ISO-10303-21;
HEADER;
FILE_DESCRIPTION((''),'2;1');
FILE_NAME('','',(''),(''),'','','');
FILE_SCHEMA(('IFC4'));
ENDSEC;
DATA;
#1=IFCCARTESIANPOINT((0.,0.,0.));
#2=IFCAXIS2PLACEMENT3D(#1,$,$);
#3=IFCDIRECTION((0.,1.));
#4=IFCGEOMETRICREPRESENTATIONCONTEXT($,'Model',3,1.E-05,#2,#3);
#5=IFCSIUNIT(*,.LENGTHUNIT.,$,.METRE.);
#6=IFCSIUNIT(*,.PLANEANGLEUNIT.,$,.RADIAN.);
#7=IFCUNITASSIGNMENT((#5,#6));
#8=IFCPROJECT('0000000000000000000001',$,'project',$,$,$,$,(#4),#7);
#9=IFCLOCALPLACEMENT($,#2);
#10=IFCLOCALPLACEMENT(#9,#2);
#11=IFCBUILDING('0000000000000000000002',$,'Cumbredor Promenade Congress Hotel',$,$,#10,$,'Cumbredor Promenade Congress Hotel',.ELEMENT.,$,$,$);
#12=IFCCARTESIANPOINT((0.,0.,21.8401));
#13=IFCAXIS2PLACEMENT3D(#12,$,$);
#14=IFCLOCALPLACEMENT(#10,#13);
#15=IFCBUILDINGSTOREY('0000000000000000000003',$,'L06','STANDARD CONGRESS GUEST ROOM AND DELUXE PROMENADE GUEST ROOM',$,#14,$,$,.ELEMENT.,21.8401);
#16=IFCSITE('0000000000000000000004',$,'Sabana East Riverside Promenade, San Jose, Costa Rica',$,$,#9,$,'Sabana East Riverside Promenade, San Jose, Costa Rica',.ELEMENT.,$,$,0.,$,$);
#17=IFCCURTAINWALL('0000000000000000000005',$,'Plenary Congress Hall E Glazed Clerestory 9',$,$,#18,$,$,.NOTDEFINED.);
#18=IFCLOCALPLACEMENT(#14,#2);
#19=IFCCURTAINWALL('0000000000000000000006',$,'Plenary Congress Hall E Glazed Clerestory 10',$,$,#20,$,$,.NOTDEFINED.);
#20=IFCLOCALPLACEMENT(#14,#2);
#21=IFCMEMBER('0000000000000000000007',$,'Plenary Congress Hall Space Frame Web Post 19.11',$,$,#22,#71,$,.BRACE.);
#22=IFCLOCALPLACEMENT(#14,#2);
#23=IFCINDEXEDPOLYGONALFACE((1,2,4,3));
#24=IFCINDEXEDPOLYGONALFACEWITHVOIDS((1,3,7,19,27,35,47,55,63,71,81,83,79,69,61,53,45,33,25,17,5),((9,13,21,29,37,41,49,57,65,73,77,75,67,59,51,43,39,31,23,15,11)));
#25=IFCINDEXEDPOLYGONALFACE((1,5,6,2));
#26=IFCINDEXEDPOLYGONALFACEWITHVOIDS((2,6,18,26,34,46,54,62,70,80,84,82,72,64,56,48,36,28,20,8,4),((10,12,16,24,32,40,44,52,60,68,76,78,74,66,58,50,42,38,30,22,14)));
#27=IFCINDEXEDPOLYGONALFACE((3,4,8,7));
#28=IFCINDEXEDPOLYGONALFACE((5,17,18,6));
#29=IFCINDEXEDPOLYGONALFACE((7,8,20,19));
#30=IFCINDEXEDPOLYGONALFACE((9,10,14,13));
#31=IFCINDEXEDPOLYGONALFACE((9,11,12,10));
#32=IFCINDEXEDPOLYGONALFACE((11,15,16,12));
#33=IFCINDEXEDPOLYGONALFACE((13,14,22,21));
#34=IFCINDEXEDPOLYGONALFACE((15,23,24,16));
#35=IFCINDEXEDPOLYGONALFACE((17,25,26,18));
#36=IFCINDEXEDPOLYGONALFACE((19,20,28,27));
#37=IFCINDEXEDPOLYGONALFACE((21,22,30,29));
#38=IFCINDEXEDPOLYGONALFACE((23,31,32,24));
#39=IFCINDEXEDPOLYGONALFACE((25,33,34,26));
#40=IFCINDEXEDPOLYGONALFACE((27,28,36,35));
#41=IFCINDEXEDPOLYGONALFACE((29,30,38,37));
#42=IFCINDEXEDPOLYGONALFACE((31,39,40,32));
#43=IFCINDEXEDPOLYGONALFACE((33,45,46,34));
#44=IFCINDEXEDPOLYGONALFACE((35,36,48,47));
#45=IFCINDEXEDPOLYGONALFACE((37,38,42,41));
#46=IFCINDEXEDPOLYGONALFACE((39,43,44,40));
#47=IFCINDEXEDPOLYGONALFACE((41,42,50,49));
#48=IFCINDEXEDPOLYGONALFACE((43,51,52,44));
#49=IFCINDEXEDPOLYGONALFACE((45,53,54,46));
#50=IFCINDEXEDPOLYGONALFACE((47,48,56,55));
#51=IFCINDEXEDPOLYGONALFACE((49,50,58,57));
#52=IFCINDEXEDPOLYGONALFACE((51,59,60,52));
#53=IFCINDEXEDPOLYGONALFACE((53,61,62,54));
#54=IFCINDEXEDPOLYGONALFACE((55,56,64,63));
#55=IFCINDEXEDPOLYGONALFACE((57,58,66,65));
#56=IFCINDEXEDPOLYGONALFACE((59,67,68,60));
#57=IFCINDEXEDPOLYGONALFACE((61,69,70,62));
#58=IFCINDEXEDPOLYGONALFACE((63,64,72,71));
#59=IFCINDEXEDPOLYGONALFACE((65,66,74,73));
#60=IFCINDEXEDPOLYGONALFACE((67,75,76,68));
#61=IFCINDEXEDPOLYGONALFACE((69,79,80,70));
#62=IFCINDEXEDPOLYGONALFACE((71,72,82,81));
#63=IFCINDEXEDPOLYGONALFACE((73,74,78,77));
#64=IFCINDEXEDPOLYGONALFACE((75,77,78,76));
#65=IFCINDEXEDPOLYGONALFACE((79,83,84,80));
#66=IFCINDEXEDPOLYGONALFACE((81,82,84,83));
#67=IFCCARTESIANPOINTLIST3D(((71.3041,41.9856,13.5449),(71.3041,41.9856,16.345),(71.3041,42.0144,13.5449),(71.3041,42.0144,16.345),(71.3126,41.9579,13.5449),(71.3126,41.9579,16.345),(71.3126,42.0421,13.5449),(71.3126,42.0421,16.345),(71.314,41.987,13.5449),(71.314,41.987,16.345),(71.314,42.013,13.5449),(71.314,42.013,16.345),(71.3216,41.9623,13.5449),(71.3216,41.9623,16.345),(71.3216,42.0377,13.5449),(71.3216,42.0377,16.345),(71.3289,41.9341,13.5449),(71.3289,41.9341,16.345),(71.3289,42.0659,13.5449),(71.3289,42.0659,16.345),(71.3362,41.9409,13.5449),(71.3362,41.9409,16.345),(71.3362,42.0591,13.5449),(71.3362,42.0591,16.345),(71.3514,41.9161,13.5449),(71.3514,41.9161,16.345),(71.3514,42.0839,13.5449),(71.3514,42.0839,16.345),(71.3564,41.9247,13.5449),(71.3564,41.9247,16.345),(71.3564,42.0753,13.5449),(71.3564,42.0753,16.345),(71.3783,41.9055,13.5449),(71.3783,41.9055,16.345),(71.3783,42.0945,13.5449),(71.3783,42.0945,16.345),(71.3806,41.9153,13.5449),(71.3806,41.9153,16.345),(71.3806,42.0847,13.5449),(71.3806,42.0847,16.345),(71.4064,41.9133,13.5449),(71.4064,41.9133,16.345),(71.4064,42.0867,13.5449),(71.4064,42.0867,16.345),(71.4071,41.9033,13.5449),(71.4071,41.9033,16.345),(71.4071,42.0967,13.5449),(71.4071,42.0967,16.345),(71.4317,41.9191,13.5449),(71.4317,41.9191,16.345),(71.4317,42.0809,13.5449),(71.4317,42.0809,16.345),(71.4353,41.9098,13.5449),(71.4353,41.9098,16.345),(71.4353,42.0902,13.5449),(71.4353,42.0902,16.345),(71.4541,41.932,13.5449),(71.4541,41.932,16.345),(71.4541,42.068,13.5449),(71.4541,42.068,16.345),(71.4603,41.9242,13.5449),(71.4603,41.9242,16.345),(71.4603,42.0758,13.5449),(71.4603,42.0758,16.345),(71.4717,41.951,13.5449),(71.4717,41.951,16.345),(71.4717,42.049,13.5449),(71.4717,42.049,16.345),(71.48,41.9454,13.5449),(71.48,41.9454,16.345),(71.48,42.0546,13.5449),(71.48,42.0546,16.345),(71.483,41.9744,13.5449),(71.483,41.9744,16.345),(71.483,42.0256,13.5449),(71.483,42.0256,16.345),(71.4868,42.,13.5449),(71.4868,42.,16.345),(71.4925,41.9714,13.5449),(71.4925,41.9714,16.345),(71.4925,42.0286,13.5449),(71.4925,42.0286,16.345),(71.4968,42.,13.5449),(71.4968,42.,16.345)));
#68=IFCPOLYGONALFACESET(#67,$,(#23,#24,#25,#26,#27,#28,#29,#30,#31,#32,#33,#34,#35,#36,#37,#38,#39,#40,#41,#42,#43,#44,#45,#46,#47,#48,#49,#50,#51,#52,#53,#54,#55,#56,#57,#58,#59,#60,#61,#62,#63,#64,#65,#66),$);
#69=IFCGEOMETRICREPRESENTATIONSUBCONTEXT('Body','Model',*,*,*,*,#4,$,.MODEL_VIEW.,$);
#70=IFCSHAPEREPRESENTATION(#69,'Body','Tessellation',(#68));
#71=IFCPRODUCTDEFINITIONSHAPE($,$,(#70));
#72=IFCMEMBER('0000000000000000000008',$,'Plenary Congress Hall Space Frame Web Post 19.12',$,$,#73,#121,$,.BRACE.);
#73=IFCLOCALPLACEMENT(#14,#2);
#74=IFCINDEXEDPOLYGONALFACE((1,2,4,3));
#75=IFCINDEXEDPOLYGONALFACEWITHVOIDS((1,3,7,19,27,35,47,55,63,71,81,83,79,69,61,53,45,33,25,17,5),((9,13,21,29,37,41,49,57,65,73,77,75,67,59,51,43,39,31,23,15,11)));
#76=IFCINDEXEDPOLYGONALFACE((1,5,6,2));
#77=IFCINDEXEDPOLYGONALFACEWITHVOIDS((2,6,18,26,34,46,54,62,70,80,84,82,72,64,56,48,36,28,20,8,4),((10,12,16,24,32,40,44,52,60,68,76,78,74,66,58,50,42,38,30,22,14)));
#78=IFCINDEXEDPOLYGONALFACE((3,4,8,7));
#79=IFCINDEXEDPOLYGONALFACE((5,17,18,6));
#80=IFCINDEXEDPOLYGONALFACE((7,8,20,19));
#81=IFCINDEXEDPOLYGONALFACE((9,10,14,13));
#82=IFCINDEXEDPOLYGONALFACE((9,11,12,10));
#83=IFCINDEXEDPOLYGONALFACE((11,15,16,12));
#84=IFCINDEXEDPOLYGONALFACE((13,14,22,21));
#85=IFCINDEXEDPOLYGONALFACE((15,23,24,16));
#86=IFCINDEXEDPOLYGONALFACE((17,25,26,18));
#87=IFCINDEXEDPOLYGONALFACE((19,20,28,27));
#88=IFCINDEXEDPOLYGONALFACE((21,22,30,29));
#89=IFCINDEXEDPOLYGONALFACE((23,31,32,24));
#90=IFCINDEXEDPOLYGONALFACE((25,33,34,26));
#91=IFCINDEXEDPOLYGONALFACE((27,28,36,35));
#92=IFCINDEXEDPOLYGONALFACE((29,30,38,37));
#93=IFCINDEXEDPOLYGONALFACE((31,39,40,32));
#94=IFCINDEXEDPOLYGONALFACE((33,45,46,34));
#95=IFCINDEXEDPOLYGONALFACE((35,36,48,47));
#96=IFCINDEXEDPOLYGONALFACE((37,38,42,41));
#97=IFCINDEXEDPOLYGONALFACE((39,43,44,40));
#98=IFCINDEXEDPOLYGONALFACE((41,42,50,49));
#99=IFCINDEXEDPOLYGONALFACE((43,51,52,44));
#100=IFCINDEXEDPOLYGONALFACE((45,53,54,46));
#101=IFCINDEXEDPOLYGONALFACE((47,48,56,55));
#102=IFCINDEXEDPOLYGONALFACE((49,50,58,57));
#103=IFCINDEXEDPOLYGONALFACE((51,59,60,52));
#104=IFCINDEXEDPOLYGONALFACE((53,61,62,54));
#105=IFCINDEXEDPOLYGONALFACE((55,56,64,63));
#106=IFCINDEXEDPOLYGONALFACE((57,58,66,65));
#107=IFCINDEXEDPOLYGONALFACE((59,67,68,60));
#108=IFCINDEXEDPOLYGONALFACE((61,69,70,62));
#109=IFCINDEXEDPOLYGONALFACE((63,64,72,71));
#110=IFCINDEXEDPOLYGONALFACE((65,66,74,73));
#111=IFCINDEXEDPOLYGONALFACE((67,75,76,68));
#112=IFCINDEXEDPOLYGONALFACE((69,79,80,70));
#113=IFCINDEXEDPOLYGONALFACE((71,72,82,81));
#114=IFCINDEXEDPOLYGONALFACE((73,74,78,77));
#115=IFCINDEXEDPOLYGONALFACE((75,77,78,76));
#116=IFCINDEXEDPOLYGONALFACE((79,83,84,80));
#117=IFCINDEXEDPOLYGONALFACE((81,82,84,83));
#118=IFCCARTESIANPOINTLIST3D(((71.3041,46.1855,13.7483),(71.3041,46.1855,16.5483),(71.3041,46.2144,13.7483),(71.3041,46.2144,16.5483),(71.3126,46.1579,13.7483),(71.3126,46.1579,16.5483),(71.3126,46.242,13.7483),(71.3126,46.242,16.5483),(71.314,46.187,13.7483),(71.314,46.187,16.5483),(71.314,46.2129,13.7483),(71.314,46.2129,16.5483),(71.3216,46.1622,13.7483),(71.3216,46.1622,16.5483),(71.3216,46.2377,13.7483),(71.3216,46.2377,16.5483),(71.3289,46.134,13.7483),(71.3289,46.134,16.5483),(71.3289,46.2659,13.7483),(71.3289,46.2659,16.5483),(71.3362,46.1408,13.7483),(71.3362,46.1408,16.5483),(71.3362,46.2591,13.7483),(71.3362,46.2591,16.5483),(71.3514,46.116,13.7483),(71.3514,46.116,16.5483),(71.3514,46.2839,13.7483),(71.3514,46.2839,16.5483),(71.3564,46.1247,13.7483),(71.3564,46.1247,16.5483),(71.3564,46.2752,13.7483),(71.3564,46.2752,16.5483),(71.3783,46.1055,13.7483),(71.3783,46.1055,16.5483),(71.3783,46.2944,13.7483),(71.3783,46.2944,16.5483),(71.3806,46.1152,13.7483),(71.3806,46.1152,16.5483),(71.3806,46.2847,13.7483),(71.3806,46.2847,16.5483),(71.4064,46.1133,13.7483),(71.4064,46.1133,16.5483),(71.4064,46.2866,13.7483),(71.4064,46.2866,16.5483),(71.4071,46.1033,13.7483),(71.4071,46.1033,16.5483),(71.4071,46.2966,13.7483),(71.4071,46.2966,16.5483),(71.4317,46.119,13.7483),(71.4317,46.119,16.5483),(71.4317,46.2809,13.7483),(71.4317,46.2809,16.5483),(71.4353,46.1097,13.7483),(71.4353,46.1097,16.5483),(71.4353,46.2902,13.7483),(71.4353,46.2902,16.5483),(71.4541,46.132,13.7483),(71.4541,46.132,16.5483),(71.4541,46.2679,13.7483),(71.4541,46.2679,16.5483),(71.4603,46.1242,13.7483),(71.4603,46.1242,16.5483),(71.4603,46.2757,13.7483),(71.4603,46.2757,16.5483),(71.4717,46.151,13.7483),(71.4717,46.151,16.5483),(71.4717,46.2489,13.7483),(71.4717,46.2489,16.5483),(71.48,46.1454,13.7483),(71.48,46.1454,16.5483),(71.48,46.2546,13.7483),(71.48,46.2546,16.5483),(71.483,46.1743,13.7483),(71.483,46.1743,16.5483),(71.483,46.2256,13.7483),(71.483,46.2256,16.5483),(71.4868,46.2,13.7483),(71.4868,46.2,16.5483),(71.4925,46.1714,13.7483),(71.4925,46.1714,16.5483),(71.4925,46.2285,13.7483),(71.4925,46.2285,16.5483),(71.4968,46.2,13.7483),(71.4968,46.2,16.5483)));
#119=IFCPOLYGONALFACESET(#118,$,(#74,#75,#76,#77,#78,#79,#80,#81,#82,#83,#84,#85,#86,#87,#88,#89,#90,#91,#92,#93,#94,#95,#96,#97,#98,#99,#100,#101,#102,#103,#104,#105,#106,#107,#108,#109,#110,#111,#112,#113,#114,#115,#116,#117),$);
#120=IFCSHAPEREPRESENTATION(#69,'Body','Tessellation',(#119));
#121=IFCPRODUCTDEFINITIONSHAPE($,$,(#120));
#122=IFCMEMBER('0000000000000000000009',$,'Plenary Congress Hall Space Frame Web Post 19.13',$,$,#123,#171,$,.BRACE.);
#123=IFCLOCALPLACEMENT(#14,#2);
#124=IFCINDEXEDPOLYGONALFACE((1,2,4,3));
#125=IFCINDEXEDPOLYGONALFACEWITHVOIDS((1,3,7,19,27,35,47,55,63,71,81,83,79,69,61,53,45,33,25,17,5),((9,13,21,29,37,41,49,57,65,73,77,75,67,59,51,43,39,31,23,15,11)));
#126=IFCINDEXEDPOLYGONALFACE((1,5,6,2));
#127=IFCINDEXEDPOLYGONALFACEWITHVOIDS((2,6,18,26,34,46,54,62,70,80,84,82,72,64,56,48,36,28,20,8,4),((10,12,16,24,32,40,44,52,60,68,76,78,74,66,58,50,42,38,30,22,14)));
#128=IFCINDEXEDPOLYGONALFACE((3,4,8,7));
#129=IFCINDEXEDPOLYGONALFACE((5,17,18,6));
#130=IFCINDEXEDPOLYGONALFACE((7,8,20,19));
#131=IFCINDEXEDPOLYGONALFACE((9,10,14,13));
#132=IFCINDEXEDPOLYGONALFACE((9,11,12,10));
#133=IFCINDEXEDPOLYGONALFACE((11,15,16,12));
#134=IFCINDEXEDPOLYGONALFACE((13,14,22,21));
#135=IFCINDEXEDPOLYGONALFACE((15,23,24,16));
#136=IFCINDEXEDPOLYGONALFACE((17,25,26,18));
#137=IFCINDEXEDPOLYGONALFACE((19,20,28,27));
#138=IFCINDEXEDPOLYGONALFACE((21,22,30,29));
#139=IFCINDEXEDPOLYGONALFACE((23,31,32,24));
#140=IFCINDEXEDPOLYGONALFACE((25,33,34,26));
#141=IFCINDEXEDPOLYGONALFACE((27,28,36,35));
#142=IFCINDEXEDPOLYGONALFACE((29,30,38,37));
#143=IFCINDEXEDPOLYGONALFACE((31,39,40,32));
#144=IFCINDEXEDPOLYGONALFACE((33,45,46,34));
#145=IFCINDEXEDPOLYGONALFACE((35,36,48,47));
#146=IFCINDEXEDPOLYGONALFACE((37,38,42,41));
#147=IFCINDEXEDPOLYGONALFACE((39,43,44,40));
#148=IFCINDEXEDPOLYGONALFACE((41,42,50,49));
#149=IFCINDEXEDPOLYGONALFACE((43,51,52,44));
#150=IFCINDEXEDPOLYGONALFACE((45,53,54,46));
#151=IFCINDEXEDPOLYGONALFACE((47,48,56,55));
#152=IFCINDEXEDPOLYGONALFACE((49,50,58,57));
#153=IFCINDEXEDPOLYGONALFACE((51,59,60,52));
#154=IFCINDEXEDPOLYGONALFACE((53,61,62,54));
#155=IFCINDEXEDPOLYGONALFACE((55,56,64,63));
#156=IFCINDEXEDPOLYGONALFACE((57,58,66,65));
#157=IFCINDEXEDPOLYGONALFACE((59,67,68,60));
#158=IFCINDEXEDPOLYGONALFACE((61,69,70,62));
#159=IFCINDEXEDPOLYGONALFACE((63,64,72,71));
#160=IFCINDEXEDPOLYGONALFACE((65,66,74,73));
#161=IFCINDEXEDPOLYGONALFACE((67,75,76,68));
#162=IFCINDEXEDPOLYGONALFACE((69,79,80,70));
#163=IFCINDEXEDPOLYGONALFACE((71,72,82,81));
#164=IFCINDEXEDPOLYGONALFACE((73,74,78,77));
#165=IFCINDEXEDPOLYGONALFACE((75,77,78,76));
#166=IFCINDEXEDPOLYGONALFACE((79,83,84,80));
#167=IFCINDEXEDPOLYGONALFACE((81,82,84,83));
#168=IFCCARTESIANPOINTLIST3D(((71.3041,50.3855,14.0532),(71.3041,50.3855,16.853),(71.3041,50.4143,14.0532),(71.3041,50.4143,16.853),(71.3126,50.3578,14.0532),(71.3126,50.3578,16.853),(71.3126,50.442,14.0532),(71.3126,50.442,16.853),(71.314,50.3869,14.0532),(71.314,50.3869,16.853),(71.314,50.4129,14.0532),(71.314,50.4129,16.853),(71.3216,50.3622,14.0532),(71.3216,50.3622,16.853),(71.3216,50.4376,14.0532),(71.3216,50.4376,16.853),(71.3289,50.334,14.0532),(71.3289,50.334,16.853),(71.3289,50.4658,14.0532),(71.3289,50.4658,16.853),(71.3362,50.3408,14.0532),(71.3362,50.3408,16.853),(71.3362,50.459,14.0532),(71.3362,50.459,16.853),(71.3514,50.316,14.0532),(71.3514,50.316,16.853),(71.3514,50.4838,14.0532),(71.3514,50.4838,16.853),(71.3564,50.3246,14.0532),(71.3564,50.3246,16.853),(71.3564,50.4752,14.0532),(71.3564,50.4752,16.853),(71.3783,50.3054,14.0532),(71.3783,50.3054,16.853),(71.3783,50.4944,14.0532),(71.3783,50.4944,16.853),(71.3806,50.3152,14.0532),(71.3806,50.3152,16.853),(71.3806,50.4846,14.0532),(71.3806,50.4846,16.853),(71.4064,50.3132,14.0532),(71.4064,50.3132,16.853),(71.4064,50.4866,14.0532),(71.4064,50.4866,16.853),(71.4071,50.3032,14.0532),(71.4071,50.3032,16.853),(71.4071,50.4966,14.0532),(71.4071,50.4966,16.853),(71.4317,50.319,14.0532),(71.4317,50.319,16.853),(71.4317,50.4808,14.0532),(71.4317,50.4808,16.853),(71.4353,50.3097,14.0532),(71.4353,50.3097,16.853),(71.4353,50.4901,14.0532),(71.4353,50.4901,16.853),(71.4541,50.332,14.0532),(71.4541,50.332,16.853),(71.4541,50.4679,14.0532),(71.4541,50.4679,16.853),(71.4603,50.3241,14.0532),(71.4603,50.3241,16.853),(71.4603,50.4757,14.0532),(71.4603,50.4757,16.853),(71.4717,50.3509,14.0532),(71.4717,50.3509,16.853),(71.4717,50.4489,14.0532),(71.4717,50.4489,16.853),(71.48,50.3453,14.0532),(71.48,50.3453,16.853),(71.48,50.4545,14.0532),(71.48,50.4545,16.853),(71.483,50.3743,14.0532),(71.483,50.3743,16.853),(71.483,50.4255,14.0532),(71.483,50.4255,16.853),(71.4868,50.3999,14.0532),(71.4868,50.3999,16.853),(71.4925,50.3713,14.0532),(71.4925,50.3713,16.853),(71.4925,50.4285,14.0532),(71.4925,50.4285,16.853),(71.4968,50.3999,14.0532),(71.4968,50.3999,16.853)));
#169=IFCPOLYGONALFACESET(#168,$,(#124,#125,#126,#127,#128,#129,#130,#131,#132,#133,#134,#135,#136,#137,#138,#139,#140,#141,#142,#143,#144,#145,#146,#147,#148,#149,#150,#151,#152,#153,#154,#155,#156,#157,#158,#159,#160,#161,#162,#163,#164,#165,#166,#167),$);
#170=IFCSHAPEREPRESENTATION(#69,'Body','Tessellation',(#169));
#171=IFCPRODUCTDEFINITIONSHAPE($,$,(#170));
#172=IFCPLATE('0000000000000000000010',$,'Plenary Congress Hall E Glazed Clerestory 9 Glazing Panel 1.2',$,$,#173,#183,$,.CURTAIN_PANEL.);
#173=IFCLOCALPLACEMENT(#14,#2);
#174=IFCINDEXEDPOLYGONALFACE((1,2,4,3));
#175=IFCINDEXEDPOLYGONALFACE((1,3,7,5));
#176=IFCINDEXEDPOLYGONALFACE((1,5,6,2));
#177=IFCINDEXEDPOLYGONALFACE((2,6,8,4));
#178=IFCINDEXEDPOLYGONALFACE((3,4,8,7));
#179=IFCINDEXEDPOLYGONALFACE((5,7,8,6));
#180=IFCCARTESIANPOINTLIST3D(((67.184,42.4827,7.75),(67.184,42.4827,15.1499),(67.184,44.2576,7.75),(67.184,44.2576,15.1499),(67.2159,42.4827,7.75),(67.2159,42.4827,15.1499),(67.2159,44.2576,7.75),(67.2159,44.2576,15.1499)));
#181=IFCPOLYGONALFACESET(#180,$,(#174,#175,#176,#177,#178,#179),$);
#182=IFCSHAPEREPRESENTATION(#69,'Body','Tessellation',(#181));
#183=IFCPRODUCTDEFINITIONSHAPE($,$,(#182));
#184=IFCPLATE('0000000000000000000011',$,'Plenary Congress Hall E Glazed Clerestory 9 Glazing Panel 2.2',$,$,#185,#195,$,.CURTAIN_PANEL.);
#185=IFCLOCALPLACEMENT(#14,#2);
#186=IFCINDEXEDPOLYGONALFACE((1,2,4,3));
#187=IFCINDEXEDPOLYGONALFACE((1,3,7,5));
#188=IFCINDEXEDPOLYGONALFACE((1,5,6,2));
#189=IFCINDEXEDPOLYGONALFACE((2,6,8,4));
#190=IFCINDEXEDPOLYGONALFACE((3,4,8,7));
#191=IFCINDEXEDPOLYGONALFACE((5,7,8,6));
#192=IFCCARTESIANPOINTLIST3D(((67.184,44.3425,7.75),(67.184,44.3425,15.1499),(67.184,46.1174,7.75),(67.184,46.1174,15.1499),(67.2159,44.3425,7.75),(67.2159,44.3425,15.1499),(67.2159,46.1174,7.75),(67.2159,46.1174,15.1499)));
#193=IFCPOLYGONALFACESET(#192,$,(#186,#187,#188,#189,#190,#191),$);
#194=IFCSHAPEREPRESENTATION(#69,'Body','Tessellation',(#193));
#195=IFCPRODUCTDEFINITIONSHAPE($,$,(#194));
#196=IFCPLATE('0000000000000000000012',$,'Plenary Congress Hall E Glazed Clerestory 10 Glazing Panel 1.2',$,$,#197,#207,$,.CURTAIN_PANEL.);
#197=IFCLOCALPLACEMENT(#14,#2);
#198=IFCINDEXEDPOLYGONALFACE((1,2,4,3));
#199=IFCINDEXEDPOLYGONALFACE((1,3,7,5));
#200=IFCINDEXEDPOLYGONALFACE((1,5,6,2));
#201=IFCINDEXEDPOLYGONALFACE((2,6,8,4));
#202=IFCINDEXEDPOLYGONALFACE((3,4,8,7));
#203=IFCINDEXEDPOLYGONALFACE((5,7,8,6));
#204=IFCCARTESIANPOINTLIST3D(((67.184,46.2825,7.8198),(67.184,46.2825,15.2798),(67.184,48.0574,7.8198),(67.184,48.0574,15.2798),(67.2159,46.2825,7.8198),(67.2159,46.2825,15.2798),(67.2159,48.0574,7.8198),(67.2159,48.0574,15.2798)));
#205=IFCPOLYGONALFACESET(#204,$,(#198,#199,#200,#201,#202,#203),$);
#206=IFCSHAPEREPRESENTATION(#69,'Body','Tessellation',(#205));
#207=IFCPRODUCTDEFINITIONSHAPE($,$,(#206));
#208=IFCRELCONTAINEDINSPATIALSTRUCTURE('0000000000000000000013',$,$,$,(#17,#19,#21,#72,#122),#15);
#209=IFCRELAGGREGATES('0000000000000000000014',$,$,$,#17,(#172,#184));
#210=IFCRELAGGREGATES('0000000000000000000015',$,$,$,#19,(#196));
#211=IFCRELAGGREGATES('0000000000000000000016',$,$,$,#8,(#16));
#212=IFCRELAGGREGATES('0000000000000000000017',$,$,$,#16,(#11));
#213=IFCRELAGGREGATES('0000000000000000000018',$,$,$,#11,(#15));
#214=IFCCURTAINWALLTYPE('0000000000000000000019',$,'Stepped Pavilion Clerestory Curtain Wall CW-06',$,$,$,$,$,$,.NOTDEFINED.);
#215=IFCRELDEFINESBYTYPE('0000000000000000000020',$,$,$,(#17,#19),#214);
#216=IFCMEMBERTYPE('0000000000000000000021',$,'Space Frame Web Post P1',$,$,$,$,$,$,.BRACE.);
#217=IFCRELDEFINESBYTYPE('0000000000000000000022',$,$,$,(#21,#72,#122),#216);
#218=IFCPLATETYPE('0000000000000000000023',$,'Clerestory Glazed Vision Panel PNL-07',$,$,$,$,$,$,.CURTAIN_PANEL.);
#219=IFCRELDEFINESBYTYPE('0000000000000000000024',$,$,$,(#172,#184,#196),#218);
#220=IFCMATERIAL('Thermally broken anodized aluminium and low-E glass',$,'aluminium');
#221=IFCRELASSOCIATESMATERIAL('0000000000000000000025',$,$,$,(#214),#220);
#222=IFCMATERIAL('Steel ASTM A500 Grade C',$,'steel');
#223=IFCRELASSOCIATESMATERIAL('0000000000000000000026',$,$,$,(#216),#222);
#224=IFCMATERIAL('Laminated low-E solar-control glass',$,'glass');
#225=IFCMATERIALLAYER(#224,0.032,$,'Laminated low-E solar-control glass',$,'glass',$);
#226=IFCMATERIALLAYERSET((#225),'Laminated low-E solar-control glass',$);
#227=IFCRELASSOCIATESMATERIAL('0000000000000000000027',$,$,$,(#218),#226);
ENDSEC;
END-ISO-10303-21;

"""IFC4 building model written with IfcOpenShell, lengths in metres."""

from ifc_helpers import new_model, si_unit, direction, frame, origin, origin_2d, place, context, subcontext, project, spatial, rectangle, hollow_circle, extrude, material, layer, layer_set, material_profile, profile_set, type_object, element, aggregate, save


model = new_model("IFC4")

# Units and contexts
model_context = context("Model", 3, precision=1e-05, world=origin(), true_north=direction((0.0, 1.0)))
body_context = subcontext(model_context, "Body", "Model", "MODEL_VIEW")
ifc_project = project(units=[si_unit("LENGTHUNIT", "METRE"), si_unit("PLANEANGLEUNIT", "RADIAN")], contexts=[model_context])

# Site, building, storey
site_placement = place(None, origin())
site = spatial("IfcSite", under=ifc_project, at=site_placement, Name="Sabana East Riverside Promenade, San Jose, Costa Rica", LongName="Sabana East Riverside Promenade, San Jose, Costa Rica", CompositionType="ELEMENT", RefElevation=0.0)
building_placement = place(site_placement, origin())
building = spatial("IfcBuilding", under=site, at=building_placement, Name="Cumbredor Promenade Congress Hotel", LongName="Cumbredor Promenade Congress Hotel", CompositionType="ELEMENT")
storey_placement = place(building_placement, frame((0.0, 0.0, 21.8401)))
storey = spatial("IfcBuildingStorey", under=building, at=storey_placement, Name="L06", Description="STANDARD CONGRESS GUEST ROOM AND DELUXE PROMENADE GUEST ROOM", CompositionType="ELEMENT", Elevation=21.8401)

# Shared definitions
ifc_material_1 = material(Name="Thermally broken anodized aluminium and low-E glass", Category="aluminium")
curtain_wall_type = type_object("IfcCurtainWallType", Name="Stepped Pavilion Clerestory Curtain Wall CW-06", PredefinedType="NOTDEFINED", material=ifc_material_1)

# Curtain walls
curtain_wall_1_placement = place(storey_placement, origin())
curtain_wall_1 = element("IfcCurtainWall", 1, at=curtain_wall_1_placement, inside=storey, type_object=curtain_wall_type, Name="Plenary Congress Hall E Glazed Clerestory 9", PredefinedType="NOTDEFINED")
curtain_wall_2_placement = place(storey_placement, origin())
curtain_wall_2 = element("IfcCurtainWall", 2, at=curtain_wall_2_placement, inside=storey, type_object=curtain_wall_type, Name="Plenary Congress Hall E Glazed Clerestory 10", PredefinedType="NOTDEFINED")

# Members
ifc_material_2 = material(Name="Steel ASTM A500 Grade C", Category="steel")
ifc_material_profile_1 = material_profile(ifc_material_2, hollow_circle(Radius=0.0969, WallThickness=0.01, at=origin_2d()), Name="CHS 193.7x10")
ifc_profile_set_1 = profile_set([ifc_material_profile_1], Name="Steel ASTM A500 Grade C")
member_type_1 = type_object("IfcMemberType", Name="Space Frame Web Post P1", PredefinedType="BRACE", material=ifc_profile_set_1)
for number, where, z_axis, x_axis, name in (
    (3, (71.3999, 42.0, 13.5449), (0.0, 0.0, 1.0), (1.0, 0.0, 0.0), "Plenary Congress Hall Space Frame Web Post 19.11"),
    (4, (71.3999, 46.2, 13.7483), (0.0, 0.0, 1.0), (1.0, 0.0, 0.0), "Plenary Congress Hall Space Frame Web Post 19.12"),
):
    element("IfcMember", number, at=place(storey_placement, frame(where, z_axis=z_axis, x_axis=x_axis)), inside=storey, type_object=member_type_1, Name=name, PredefinedType="BRACE", context=body_context, shape_type="SweptSolid", body=[
        extrude(hollow_circle(Radius=0.0969, WallThickness=0.01, at=origin_2d()), origin(), (0.0, 0.0, 1.0), 2.8),
    ])
member_1_placement = place(storey_placement, frame((71.3999, 50.3999, 14.0532), z_axis=(0.0, 0.0, 1.0), x_axis=(1.0, 0.0, 0.0)))
element("IfcMember", 5, at=member_1_placement, inside=storey, type_object=member_type_1, Name="Plenary Congress Hall Space Frame Web Post 19.13", PredefinedType="BRACE", context=body_context, shape_type="SweptSolid", body=[
    extrude(hollow_circle(Radius=0.0969, WallThickness=0.01, at=origin_2d()), origin(), (0.0, 0.0, 1.0), 2.7998),
])

# Plates
ifc_material_3 = material(Name="Laminated low-E solar-control glass", Category="glass")
ifc_layer_1 = layer(ifc_material_3, 0.032, Name="Laminated low-E solar-control glass", Category="glass")
ifc_layer_set_1 = layer_set([ifc_layer_1], Name="Laminated low-E solar-control glass")
plate_type_1 = type_object("IfcPlateType", Name="Clerestory Glazed Vision Panel PNL-07", PredefinedType="CURTAIN_PANEL", material=ifc_layer_set_1)
plate_1_placement = place(storey_placement, frame((67.2, 43.3701, 7.75), z_axis=(0.0, 0.0, 1.0), x_axis=(0.0, 1.0, 0.0)))
plate_1 = element("IfcPlate", 6, at=plate_1_placement, type_object=plate_type_1, Name="Plenary Congress Hall E Glazed Clerestory 9 Glazing Panel 1.2", PredefinedType="CURTAIN_PANEL", context=body_context, shape_type="SweptSolid", body=[
    extrude(rectangle(XDim=1.7749, YDim=0.032, at=origin_2d()), origin(), (0.0, 0.0, 1.0), 7.3999),
])
plate_2_placement = place(storey_placement, frame((67.2, 45.23, 7.75), z_axis=(0.0, 0.0, 1.0), x_axis=(0.0, 1.0, 0.0)))
plate_2 = element("IfcPlate", 7, at=plate_2_placement, type_object=plate_type_1, Name="Plenary Congress Hall E Glazed Clerestory 9 Glazing Panel 2.2", PredefinedType="CURTAIN_PANEL", context=body_context, shape_type="SweptSolid", body=[
    extrude(rectangle(XDim=1.7749, YDim=0.032, at=origin_2d()), origin(), (0.0, 0.0, 1.0), 7.3999),
])
aggregate(curtain_wall_1, [plate_1, plate_2])
plate_3_placement = place(storey_placement, frame((67.2, 47.1699, 7.8198), z_axis=(0.0, 0.0, 1.0), x_axis=(0.0, 1.0, 0.0)))
plate_3 = element("IfcPlate", 8, at=plate_3_placement, type_object=plate_type_1, Name="Plenary Congress Hall E Glazed Clerestory 10 Glazing Panel 1.2", PredefinedType="CURTAIN_PANEL", context=body_context, shape_type="SweptSolid", body=[
    extrude(rectangle(XDim=1.7749, YDim=0.032, at=origin_2d()), origin(), (0.0, 0.0, 1.0), 7.46),
])
aggregate(curtain_wall_2, [plate_3])

save(model, "model.ifc")
